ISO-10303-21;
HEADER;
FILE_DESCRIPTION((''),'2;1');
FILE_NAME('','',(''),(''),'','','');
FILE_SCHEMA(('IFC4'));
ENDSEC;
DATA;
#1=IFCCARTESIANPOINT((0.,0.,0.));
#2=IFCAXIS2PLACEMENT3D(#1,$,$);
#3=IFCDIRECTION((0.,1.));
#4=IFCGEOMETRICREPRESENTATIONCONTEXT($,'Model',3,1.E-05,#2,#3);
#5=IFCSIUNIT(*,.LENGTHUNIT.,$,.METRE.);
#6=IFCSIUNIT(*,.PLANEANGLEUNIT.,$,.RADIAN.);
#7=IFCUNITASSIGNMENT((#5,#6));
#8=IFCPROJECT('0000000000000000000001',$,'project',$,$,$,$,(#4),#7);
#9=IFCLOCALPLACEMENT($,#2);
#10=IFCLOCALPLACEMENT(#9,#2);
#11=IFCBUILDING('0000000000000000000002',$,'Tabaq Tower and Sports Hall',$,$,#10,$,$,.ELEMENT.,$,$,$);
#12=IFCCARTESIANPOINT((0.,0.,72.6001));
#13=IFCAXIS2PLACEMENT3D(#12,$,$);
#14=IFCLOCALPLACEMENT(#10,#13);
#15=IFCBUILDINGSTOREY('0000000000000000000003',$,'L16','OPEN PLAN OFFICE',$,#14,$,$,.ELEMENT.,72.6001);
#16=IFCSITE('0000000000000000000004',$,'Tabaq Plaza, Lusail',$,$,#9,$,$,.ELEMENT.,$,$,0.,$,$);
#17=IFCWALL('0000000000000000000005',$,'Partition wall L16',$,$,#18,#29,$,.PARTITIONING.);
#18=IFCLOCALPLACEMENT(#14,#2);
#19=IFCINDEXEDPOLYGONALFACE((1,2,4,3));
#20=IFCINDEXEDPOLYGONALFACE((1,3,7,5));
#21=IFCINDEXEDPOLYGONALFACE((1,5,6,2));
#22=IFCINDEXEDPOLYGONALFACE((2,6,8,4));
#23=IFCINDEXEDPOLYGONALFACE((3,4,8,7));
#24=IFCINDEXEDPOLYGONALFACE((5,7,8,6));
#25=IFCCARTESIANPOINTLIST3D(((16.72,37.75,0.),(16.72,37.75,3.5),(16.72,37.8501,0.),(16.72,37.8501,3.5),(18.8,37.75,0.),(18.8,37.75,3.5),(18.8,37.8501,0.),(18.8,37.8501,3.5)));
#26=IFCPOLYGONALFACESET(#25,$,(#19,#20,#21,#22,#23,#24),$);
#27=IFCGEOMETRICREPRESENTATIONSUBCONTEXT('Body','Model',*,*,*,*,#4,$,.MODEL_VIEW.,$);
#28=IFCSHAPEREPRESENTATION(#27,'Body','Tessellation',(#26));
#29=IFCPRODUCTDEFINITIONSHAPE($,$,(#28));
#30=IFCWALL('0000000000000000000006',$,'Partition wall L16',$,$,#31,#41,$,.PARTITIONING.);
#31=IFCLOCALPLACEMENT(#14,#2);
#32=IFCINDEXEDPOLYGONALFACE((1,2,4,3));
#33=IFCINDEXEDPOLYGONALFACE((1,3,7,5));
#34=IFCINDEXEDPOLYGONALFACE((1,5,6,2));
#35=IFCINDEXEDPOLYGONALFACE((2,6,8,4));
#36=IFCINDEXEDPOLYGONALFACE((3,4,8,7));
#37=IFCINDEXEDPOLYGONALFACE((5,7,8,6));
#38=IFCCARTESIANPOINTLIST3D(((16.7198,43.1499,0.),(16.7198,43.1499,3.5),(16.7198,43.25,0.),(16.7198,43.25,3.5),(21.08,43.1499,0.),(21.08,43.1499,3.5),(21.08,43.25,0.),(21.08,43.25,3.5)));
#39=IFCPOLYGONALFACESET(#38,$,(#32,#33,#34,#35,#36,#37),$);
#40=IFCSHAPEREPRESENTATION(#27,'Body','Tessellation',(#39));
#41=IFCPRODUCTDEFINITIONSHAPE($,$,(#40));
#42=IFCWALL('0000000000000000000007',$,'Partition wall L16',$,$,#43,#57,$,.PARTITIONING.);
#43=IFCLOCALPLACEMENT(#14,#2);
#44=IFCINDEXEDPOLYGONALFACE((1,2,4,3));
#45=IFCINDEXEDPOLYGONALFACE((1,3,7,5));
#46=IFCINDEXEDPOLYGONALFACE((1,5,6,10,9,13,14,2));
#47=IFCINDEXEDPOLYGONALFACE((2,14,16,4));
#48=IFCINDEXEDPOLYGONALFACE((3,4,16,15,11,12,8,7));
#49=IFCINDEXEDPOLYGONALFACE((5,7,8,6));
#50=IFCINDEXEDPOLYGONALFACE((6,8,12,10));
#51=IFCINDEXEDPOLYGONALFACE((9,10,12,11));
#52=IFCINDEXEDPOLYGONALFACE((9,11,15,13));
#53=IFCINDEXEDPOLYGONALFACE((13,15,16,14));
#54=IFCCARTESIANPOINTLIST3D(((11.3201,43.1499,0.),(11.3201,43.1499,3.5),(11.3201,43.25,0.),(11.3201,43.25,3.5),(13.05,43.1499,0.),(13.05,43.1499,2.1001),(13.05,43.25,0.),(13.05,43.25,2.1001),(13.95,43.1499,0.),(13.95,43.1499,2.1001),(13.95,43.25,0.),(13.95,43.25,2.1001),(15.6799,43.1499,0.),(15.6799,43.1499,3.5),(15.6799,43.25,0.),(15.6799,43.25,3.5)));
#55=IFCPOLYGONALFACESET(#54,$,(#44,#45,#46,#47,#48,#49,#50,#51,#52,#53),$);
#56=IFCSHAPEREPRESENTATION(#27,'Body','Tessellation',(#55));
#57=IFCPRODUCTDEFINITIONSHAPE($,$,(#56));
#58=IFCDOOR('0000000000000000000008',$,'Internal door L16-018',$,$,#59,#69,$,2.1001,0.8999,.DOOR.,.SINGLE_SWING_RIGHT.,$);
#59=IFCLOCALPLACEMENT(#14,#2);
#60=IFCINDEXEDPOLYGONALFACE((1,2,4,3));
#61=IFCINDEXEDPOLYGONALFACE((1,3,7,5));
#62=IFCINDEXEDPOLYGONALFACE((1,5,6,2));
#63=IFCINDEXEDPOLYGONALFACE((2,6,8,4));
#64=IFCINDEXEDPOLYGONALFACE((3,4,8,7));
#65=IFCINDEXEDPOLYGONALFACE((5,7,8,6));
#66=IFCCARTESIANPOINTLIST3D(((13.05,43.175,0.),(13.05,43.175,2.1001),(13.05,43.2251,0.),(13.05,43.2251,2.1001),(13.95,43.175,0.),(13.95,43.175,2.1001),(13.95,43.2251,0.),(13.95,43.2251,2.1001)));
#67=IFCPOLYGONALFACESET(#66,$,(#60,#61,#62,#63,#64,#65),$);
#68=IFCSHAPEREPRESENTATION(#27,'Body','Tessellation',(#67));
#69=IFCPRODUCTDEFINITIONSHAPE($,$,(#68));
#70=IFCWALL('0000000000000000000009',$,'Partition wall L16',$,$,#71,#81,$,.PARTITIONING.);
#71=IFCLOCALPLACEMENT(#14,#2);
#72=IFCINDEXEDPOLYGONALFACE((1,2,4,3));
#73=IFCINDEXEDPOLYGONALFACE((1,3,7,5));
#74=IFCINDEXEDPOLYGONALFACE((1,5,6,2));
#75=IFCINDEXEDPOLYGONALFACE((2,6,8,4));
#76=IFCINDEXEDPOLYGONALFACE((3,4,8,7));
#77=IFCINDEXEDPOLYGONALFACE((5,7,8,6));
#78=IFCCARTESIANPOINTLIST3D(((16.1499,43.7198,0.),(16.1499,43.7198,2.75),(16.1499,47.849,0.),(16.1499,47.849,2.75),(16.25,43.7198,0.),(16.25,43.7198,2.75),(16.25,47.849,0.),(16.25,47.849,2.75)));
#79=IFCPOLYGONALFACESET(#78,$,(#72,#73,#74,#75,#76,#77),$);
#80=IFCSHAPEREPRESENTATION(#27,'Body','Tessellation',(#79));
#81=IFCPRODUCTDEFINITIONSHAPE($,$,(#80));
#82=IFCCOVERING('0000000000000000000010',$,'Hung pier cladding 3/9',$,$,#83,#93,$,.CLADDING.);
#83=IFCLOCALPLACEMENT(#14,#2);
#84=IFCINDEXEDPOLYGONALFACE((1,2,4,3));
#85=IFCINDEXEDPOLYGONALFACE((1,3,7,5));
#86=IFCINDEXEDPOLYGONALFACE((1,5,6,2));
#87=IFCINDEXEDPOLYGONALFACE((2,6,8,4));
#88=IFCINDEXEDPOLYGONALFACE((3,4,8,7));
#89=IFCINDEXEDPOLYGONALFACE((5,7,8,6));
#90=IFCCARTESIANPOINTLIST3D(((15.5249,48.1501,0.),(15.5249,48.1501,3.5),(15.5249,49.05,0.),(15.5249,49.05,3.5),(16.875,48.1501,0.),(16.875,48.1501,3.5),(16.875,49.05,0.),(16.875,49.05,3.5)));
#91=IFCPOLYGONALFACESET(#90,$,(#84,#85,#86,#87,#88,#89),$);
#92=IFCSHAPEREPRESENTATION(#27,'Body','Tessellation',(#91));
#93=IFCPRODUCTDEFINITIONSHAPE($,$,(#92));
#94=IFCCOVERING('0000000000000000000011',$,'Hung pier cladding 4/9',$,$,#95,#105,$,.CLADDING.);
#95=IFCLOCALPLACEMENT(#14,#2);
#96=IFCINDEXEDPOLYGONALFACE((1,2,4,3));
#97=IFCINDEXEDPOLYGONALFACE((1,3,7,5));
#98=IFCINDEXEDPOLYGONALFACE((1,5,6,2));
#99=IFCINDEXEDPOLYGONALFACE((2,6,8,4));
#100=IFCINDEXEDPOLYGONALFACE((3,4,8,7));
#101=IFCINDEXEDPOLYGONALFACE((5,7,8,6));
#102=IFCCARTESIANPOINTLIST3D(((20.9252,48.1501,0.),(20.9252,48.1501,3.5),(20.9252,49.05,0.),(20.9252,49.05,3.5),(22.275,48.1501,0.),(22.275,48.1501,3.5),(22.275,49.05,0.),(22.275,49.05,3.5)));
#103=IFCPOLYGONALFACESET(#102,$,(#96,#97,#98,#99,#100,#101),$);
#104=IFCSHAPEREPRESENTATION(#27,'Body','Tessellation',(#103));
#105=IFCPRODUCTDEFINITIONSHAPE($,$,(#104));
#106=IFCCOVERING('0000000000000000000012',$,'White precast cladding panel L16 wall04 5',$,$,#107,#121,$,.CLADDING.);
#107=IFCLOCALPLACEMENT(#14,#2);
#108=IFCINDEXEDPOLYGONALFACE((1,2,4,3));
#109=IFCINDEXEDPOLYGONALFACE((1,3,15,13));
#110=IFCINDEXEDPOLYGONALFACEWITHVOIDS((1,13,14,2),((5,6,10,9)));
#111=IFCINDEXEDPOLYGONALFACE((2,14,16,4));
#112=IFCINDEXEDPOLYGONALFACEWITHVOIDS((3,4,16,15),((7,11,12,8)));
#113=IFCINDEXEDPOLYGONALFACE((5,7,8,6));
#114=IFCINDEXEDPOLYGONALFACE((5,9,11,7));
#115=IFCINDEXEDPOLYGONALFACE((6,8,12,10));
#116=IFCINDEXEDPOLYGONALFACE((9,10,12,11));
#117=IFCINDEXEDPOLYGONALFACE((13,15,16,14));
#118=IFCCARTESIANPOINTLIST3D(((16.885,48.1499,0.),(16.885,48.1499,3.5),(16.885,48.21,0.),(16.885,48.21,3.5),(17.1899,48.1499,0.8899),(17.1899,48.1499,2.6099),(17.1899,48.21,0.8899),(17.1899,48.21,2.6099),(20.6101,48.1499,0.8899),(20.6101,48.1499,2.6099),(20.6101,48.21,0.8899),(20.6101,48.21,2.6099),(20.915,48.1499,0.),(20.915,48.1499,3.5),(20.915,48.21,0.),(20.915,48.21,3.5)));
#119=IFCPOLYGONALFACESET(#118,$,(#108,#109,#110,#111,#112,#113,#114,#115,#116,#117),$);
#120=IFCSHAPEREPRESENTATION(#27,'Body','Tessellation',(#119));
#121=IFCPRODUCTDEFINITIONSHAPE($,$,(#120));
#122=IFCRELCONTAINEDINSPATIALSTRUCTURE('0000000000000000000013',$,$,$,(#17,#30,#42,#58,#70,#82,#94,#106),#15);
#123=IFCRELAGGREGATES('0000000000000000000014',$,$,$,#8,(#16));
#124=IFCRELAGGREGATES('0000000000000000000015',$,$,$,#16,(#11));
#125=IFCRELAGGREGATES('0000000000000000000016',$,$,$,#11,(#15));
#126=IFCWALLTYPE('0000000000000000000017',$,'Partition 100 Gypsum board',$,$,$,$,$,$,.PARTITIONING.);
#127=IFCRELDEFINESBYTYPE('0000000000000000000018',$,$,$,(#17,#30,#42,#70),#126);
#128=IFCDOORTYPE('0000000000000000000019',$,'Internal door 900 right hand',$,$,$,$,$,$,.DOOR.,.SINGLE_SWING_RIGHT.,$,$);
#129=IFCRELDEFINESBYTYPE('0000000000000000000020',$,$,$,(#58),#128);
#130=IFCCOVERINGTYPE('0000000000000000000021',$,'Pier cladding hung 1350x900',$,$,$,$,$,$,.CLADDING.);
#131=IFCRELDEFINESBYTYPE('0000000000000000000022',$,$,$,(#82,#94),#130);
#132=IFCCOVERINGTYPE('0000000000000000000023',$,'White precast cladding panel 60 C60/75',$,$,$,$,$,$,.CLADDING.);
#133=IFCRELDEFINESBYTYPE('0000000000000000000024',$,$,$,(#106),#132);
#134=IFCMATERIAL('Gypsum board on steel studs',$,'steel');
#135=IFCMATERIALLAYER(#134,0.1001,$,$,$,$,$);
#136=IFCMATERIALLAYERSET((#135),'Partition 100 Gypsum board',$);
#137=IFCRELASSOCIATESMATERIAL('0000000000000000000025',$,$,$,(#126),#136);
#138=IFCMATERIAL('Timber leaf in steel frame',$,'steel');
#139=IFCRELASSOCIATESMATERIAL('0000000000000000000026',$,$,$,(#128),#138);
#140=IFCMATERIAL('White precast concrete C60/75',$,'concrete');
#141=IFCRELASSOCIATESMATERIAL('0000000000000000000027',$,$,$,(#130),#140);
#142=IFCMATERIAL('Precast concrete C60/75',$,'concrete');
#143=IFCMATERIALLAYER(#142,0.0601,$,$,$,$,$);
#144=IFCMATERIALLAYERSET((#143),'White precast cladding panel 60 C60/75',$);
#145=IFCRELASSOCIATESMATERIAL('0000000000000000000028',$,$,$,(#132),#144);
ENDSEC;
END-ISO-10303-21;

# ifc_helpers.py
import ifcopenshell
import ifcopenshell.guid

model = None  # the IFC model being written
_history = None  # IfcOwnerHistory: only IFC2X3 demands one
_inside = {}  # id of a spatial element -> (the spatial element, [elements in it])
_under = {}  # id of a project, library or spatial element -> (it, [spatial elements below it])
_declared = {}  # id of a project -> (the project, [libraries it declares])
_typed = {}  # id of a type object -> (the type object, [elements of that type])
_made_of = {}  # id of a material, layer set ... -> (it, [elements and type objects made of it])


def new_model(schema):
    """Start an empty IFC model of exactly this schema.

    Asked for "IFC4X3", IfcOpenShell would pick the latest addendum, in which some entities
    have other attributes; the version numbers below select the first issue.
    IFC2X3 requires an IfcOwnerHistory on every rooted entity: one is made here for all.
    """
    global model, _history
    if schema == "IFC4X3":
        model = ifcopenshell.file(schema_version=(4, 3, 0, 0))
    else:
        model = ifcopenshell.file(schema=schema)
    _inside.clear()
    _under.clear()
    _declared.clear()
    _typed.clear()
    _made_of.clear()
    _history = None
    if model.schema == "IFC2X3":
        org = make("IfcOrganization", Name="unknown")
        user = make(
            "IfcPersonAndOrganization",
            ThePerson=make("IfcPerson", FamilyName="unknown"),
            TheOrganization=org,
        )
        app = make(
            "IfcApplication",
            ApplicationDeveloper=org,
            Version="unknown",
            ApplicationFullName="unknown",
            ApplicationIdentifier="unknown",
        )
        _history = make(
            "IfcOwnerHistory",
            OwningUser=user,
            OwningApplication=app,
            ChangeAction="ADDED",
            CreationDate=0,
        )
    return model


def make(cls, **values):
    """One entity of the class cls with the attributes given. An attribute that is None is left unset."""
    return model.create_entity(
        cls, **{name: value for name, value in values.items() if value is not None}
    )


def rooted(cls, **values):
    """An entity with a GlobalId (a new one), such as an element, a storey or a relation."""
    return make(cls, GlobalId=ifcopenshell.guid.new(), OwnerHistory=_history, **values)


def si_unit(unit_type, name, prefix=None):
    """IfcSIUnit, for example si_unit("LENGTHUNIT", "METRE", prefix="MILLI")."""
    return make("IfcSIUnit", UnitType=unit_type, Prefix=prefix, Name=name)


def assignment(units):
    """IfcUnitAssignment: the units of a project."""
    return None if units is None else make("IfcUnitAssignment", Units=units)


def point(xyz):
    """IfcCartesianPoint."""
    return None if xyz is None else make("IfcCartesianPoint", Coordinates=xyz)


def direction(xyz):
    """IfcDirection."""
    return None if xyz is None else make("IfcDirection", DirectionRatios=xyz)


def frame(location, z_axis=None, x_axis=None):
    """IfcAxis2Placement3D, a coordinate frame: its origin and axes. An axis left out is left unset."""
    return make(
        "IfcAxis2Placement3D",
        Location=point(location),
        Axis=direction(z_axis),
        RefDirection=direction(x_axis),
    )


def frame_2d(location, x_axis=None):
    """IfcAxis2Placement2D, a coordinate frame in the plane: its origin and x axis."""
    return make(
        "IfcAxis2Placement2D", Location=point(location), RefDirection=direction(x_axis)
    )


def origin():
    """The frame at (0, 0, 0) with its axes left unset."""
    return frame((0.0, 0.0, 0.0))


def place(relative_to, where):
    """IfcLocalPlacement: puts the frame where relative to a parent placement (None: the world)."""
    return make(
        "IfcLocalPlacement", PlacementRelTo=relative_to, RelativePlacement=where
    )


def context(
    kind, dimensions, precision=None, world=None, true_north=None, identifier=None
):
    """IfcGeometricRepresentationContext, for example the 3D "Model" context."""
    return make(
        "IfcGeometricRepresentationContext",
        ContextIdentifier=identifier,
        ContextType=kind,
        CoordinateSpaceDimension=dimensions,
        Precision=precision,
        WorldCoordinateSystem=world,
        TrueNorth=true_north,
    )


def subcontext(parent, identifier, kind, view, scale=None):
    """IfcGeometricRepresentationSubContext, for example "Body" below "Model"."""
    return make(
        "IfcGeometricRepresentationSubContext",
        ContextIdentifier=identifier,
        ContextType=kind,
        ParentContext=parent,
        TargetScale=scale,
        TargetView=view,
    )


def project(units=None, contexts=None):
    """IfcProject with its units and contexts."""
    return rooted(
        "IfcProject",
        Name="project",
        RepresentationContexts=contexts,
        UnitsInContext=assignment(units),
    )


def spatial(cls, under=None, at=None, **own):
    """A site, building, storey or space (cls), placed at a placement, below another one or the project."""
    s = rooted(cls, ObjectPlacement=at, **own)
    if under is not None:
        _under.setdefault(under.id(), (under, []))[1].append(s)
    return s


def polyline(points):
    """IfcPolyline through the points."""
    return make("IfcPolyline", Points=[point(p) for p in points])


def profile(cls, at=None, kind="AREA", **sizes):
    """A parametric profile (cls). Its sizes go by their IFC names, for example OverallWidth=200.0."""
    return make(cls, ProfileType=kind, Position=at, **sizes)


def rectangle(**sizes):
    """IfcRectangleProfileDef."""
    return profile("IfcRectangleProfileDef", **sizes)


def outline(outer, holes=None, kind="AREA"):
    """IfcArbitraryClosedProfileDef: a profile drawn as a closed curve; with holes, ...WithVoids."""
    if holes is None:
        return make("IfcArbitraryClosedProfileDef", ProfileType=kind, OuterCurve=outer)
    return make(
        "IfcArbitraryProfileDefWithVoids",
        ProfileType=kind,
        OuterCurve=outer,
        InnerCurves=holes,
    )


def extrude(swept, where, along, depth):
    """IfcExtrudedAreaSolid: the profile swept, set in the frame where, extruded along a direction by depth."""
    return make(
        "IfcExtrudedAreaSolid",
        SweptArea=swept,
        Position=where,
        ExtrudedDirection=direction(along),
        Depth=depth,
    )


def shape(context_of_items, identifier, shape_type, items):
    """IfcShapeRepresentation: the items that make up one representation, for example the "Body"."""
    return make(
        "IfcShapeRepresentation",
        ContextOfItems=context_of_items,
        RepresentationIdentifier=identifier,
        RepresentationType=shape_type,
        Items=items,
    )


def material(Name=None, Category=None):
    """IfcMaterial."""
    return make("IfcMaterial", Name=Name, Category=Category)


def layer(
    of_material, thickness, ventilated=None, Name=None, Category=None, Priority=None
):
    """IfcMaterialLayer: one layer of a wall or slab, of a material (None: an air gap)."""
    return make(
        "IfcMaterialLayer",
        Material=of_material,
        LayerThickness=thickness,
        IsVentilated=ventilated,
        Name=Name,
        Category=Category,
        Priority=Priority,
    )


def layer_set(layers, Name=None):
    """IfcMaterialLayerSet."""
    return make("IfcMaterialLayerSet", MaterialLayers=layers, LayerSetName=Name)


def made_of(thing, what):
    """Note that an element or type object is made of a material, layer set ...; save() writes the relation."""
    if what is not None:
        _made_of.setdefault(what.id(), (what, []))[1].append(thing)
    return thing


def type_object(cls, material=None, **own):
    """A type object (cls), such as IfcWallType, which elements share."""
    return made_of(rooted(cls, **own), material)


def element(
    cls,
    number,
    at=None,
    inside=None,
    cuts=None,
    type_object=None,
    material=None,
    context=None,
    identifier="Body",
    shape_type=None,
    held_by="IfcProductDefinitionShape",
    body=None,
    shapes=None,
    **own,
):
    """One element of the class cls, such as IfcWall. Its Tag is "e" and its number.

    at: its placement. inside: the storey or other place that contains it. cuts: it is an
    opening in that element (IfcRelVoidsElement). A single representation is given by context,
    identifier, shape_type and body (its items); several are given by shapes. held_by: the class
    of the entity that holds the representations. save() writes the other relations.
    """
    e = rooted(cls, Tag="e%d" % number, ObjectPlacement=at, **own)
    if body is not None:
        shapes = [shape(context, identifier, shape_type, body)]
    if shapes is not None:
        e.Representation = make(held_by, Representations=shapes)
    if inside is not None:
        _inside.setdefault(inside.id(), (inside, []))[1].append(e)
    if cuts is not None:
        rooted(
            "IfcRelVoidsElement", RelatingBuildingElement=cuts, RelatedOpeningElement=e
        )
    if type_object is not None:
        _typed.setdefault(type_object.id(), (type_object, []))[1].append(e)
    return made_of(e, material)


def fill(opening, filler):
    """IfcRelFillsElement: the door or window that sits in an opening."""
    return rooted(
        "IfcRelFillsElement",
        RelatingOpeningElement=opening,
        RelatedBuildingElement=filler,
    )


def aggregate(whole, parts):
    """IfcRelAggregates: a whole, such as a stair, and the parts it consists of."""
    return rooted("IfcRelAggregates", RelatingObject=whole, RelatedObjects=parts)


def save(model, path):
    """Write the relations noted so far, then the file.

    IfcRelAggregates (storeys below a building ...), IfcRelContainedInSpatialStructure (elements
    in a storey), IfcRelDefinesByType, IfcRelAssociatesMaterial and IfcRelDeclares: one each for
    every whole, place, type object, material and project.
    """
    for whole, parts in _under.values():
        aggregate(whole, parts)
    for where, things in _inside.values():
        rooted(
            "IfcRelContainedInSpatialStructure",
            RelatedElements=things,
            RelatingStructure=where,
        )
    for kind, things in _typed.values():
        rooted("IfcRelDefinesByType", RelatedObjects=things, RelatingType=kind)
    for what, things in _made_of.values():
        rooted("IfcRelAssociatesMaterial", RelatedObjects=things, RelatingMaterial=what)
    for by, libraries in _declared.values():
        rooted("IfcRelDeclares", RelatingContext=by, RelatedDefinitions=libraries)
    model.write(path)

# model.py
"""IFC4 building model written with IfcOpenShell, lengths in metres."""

from ifc_helpers import new_model, si_unit, direction, frame, frame_2d, origin, place, context, subcontext, project, spatial, polyline, rectangle, outline, extrude, material, layer, layer_set, type_object, element, fill, save


model = new_model("IFC4")

# Units and contexts
model_context = context("Model", 3, precision=1e-05, world=origin(), true_north=direction((0.0, 1.0)))
body_context = subcontext(model_context, "Body", "Model", "MODEL_VIEW")
ifc_project = project(units=[si_unit("LENGTHUNIT", "METRE"), si_unit("PLANEANGLEUNIT", "RADIAN")], contexts=[model_context])

# Site, building, storey
site_placement = place(None, origin())
site = spatial("IfcSite", under=ifc_project, at=site_placement, Name="Tabaq Plaza, Lusail", CompositionType="ELEMENT", RefElevation=0.0)
building_placement = place(site_placement, origin())
building = spatial("IfcBuilding", under=site, at=building_placement, Name="Tabaq Tower and Sports Hall", CompositionType="ELEMENT")
storey_placement = place(building_placement, frame((0.0, 0.0, 72.6001)))
storey = spatial("IfcBuildingStorey", under=building, at=storey_placement, Name="L16", Description="OPEN PLAN OFFICE", CompositionType="ELEMENT", Elevation=72.6001)

# Shared definitions
ifc_material_1 = material(Name="Gypsum board on steel studs", Category="steel")
ifc_layer_1 = layer(ifc_material_1, 0.1001)
ifc_layer_set_1 = layer_set([ifc_layer_1], Name="Partition 100 Gypsum board")
wall_type_1 = type_object("IfcWallType", Name="Partition 100 Gypsum board", PredefinedType="PARTITIONING", material=ifc_layer_set_1)
ifc_material_2 = material(Name="Timber leaf in steel frame", Category="steel")
door_type = type_object("IfcDoorType", Name="Internal door 900 right hand", OperationType="SINGLE_SWING_RIGHT", PredefinedType="DOOR", material=ifc_material_2)

# Walls
wall_1_placement = place(storey_placement, frame((18.8, 37.8, 0.0), z_axis=(0.0, 0.0, 1.0), x_axis=(-1.0, 0.0, 0.0)))
element("IfcWall", 1, at=wall_1_placement, inside=storey, type_object=wall_type_1, Name="Partition wall L16", PredefinedType="PARTITIONING", context=body_context, shape_type="SweptSolid", body=[
    extrude(rectangle(XDim=2.0801, YDim=0.1001, at=frame_2d((1.04, 0.0))), origin(), (0.0, 0.0, 1.0), 3.5),
])
wall_2_placement = place(storey_placement, frame((21.0801, 43.2, 0.0), z_axis=(0.0, 0.0, 1.0), x_axis=(-1.0, 0.0, 0.0)))
element("IfcWall", 2, at=wall_2_placement, inside=storey, type_object=wall_type_1, Name="Partition wall L16", PredefinedType="PARTITIONING", context=body_context, shape_type="SweptSolid", body=[
    extrude(rectangle(XDim=4.3601, YDim=0.1001, at=frame_2d((2.1802, 0.0))), origin(), (0.0, 0.0, 1.0), 3.5),
])

# Wall, opening, door
wall_3_placement = place(storey_placement, frame((15.6799, 43.2, 0.0), z_axis=(0.0, 0.0, 1.0), x_axis=(-1.0, 0.0, 0.0)))
wall_3 = element("IfcWall", 3, at=wall_3_placement, inside=storey, type_object=wall_type_1, Name="Partition wall L16", PredefinedType="PARTITIONING", context=body_context, shape_type="SweptSolid", body=[
    extrude(rectangle(XDim=4.3599, YDim=0.1001, at=frame_2d((2.1799, 0.0))), origin(), (0.0, 0.0, 1.0), 3.5),
])
opening_1_placement = place(wall_3_placement, frame((1.73, 0.0, 0.0)))
opening_1 = element("IfcOpeningElement", 4, at=opening_1_placement, cuts=wall_3, PredefinedType="OPENING", context=body_context, shape_type="SweptSolid", body=[
    extrude(rectangle(XDim=0.8999, YDim=2.1001, at=frame_2d((0.45, 1.05))), frame((0.0, 0.05, 0.0), z_axis=(0.0, -1.0, 0.0), x_axis=(1.0, 0.0, 0.0)), (0.0, 0.0, 1.0), 0.1001),
])
door_1_placement = place(opening_1_placement, origin())
door_1 = element("IfcDoor", 5, at=door_1_placement, inside=storey, type_object=door_type, Name="Internal door L16-018", OperationType="SINGLE_SWING_RIGHT", OverallHeight=2.1001, OverallWidth=0.8999, PredefinedType="DOOR", context=body_context, shape_type="SweptSolid", body=[
    extrude(rectangle(XDim=0.8999, YDim=2.1001, at=frame_2d((0.45, 1.05))), frame((0.0, 0.0249, 0.0), z_axis=(0.0, -1.0, 0.0), x_axis=(1.0, 0.0, 0.0)), (0.0, 0.0, 1.0), 0.05),
])
fill(opening_1, door_1)

# Wall
wall_4_placement = place(storey_placement, frame((16.2, 43.72, 0.0), z_axis=(0.0, 0.0, 1.0), x_axis=(0.0, 1.0, 0.0)))
element("IfcWall", 6, at=wall_4_placement, inside=storey, type_object=wall_type_1, Name="Partition wall L16", PredefinedType="PARTITIONING", context=body_context, shape_type="SweptSolid", body=[
    extrude(rectangle(XDim=4.1292, YDim=0.1001, at=frame_2d((2.0645, 0.0))), origin(), (0.0, 0.0, 1.0), 2.75),
])

# Coverings
ifc_material_3 = material(Name="White precast concrete C60/75", Category="concrete")
covering_type_1 = type_object("IfcCoveringType", Name="Pier cladding hung 1350x900", PredefinedType="CLADDING", material=ifc_material_3)
covering_1_placement = place(storey_placement, frame((16.875, 48.6001, 0.0), z_axis=(0.0, 0.0, 1.0), x_axis=(-1.0, 0.0, 0.0)))
element("IfcCovering", 7, at=covering_1_placement, inside=storey, type_object=covering_type_1, Name="Hung pier cladding 3/9", PredefinedType="CLADDING", context=body_context, shape_type="SweptSolid", body=[
    extrude(rectangle(XDim=1.3501, YDim=0.8999, at=frame_2d((0.675, 0.0))), origin(), (0.0, 0.0, 1.0), 3.5),
])
covering_2_placement = place(storey_placement, frame((22.2749, 48.6001, 0.0), z_axis=(0.0, 0.0, 1.0), x_axis=(-1.0, 0.0, 0.0)))
element("IfcCovering", 8, at=covering_2_placement, inside=storey, type_object=covering_type_1, Name="Hung pier cladding 4/9", PredefinedType="CLADDING", context=body_context, shape_type="SweptSolid", body=[
    extrude(rectangle(XDim=1.3499, YDim=0.8999, at=frame_2d((0.6748, 0.0))), origin(), (0.0, 0.0, 1.0), 3.5),
])
ifc_material_4 = material(Name="Precast concrete C60/75", Category="concrete")
ifc_layer_2 = layer(ifc_material_4, 0.0601)
ifc_layer_set_2 = layer_set([ifc_layer_2], Name="White precast cladding panel 60 C60/75")
covering_type_2 = type_object("IfcCoveringType", Name="White precast cladding panel 60 C60/75", PredefinedType="CLADDING", material=ifc_layer_set_2)
covering_3_placement = place(storey_placement, frame((20.915, 48.1799, 0.0), z_axis=(0.0, 0.0, 1.0), x_axis=(-1.0, 0.0, 0.0)))
element("IfcCovering", 9, at=covering_3_placement, inside=storey, type_object=covering_type_2, Name="White precast cladding panel L16 wall04 5", PredefinedType="CLADDING", context=body_context, shape_type="SweptSolid", body=[
    extrude(outline(polyline([(0.0, 0.0), (4.03, 0.0), (4.03, 3.5), (0.0, 3.5), (0.0, 0.0)]), holes=[polyline([(0.3049, 0.8899), (0.3049, 2.6099), (3.7251, 2.6099), (3.7251, 0.8899), (0.3049, 0.8899)])]), frame((0.0, 0.03, 0.0), z_axis=(0.0, -1.0, 0.0), x_axis=(1.0, 0.0, 0.0)), (0.0, 0.0, 1.0), 0.0601),
])

save(model, "model.ifc")
